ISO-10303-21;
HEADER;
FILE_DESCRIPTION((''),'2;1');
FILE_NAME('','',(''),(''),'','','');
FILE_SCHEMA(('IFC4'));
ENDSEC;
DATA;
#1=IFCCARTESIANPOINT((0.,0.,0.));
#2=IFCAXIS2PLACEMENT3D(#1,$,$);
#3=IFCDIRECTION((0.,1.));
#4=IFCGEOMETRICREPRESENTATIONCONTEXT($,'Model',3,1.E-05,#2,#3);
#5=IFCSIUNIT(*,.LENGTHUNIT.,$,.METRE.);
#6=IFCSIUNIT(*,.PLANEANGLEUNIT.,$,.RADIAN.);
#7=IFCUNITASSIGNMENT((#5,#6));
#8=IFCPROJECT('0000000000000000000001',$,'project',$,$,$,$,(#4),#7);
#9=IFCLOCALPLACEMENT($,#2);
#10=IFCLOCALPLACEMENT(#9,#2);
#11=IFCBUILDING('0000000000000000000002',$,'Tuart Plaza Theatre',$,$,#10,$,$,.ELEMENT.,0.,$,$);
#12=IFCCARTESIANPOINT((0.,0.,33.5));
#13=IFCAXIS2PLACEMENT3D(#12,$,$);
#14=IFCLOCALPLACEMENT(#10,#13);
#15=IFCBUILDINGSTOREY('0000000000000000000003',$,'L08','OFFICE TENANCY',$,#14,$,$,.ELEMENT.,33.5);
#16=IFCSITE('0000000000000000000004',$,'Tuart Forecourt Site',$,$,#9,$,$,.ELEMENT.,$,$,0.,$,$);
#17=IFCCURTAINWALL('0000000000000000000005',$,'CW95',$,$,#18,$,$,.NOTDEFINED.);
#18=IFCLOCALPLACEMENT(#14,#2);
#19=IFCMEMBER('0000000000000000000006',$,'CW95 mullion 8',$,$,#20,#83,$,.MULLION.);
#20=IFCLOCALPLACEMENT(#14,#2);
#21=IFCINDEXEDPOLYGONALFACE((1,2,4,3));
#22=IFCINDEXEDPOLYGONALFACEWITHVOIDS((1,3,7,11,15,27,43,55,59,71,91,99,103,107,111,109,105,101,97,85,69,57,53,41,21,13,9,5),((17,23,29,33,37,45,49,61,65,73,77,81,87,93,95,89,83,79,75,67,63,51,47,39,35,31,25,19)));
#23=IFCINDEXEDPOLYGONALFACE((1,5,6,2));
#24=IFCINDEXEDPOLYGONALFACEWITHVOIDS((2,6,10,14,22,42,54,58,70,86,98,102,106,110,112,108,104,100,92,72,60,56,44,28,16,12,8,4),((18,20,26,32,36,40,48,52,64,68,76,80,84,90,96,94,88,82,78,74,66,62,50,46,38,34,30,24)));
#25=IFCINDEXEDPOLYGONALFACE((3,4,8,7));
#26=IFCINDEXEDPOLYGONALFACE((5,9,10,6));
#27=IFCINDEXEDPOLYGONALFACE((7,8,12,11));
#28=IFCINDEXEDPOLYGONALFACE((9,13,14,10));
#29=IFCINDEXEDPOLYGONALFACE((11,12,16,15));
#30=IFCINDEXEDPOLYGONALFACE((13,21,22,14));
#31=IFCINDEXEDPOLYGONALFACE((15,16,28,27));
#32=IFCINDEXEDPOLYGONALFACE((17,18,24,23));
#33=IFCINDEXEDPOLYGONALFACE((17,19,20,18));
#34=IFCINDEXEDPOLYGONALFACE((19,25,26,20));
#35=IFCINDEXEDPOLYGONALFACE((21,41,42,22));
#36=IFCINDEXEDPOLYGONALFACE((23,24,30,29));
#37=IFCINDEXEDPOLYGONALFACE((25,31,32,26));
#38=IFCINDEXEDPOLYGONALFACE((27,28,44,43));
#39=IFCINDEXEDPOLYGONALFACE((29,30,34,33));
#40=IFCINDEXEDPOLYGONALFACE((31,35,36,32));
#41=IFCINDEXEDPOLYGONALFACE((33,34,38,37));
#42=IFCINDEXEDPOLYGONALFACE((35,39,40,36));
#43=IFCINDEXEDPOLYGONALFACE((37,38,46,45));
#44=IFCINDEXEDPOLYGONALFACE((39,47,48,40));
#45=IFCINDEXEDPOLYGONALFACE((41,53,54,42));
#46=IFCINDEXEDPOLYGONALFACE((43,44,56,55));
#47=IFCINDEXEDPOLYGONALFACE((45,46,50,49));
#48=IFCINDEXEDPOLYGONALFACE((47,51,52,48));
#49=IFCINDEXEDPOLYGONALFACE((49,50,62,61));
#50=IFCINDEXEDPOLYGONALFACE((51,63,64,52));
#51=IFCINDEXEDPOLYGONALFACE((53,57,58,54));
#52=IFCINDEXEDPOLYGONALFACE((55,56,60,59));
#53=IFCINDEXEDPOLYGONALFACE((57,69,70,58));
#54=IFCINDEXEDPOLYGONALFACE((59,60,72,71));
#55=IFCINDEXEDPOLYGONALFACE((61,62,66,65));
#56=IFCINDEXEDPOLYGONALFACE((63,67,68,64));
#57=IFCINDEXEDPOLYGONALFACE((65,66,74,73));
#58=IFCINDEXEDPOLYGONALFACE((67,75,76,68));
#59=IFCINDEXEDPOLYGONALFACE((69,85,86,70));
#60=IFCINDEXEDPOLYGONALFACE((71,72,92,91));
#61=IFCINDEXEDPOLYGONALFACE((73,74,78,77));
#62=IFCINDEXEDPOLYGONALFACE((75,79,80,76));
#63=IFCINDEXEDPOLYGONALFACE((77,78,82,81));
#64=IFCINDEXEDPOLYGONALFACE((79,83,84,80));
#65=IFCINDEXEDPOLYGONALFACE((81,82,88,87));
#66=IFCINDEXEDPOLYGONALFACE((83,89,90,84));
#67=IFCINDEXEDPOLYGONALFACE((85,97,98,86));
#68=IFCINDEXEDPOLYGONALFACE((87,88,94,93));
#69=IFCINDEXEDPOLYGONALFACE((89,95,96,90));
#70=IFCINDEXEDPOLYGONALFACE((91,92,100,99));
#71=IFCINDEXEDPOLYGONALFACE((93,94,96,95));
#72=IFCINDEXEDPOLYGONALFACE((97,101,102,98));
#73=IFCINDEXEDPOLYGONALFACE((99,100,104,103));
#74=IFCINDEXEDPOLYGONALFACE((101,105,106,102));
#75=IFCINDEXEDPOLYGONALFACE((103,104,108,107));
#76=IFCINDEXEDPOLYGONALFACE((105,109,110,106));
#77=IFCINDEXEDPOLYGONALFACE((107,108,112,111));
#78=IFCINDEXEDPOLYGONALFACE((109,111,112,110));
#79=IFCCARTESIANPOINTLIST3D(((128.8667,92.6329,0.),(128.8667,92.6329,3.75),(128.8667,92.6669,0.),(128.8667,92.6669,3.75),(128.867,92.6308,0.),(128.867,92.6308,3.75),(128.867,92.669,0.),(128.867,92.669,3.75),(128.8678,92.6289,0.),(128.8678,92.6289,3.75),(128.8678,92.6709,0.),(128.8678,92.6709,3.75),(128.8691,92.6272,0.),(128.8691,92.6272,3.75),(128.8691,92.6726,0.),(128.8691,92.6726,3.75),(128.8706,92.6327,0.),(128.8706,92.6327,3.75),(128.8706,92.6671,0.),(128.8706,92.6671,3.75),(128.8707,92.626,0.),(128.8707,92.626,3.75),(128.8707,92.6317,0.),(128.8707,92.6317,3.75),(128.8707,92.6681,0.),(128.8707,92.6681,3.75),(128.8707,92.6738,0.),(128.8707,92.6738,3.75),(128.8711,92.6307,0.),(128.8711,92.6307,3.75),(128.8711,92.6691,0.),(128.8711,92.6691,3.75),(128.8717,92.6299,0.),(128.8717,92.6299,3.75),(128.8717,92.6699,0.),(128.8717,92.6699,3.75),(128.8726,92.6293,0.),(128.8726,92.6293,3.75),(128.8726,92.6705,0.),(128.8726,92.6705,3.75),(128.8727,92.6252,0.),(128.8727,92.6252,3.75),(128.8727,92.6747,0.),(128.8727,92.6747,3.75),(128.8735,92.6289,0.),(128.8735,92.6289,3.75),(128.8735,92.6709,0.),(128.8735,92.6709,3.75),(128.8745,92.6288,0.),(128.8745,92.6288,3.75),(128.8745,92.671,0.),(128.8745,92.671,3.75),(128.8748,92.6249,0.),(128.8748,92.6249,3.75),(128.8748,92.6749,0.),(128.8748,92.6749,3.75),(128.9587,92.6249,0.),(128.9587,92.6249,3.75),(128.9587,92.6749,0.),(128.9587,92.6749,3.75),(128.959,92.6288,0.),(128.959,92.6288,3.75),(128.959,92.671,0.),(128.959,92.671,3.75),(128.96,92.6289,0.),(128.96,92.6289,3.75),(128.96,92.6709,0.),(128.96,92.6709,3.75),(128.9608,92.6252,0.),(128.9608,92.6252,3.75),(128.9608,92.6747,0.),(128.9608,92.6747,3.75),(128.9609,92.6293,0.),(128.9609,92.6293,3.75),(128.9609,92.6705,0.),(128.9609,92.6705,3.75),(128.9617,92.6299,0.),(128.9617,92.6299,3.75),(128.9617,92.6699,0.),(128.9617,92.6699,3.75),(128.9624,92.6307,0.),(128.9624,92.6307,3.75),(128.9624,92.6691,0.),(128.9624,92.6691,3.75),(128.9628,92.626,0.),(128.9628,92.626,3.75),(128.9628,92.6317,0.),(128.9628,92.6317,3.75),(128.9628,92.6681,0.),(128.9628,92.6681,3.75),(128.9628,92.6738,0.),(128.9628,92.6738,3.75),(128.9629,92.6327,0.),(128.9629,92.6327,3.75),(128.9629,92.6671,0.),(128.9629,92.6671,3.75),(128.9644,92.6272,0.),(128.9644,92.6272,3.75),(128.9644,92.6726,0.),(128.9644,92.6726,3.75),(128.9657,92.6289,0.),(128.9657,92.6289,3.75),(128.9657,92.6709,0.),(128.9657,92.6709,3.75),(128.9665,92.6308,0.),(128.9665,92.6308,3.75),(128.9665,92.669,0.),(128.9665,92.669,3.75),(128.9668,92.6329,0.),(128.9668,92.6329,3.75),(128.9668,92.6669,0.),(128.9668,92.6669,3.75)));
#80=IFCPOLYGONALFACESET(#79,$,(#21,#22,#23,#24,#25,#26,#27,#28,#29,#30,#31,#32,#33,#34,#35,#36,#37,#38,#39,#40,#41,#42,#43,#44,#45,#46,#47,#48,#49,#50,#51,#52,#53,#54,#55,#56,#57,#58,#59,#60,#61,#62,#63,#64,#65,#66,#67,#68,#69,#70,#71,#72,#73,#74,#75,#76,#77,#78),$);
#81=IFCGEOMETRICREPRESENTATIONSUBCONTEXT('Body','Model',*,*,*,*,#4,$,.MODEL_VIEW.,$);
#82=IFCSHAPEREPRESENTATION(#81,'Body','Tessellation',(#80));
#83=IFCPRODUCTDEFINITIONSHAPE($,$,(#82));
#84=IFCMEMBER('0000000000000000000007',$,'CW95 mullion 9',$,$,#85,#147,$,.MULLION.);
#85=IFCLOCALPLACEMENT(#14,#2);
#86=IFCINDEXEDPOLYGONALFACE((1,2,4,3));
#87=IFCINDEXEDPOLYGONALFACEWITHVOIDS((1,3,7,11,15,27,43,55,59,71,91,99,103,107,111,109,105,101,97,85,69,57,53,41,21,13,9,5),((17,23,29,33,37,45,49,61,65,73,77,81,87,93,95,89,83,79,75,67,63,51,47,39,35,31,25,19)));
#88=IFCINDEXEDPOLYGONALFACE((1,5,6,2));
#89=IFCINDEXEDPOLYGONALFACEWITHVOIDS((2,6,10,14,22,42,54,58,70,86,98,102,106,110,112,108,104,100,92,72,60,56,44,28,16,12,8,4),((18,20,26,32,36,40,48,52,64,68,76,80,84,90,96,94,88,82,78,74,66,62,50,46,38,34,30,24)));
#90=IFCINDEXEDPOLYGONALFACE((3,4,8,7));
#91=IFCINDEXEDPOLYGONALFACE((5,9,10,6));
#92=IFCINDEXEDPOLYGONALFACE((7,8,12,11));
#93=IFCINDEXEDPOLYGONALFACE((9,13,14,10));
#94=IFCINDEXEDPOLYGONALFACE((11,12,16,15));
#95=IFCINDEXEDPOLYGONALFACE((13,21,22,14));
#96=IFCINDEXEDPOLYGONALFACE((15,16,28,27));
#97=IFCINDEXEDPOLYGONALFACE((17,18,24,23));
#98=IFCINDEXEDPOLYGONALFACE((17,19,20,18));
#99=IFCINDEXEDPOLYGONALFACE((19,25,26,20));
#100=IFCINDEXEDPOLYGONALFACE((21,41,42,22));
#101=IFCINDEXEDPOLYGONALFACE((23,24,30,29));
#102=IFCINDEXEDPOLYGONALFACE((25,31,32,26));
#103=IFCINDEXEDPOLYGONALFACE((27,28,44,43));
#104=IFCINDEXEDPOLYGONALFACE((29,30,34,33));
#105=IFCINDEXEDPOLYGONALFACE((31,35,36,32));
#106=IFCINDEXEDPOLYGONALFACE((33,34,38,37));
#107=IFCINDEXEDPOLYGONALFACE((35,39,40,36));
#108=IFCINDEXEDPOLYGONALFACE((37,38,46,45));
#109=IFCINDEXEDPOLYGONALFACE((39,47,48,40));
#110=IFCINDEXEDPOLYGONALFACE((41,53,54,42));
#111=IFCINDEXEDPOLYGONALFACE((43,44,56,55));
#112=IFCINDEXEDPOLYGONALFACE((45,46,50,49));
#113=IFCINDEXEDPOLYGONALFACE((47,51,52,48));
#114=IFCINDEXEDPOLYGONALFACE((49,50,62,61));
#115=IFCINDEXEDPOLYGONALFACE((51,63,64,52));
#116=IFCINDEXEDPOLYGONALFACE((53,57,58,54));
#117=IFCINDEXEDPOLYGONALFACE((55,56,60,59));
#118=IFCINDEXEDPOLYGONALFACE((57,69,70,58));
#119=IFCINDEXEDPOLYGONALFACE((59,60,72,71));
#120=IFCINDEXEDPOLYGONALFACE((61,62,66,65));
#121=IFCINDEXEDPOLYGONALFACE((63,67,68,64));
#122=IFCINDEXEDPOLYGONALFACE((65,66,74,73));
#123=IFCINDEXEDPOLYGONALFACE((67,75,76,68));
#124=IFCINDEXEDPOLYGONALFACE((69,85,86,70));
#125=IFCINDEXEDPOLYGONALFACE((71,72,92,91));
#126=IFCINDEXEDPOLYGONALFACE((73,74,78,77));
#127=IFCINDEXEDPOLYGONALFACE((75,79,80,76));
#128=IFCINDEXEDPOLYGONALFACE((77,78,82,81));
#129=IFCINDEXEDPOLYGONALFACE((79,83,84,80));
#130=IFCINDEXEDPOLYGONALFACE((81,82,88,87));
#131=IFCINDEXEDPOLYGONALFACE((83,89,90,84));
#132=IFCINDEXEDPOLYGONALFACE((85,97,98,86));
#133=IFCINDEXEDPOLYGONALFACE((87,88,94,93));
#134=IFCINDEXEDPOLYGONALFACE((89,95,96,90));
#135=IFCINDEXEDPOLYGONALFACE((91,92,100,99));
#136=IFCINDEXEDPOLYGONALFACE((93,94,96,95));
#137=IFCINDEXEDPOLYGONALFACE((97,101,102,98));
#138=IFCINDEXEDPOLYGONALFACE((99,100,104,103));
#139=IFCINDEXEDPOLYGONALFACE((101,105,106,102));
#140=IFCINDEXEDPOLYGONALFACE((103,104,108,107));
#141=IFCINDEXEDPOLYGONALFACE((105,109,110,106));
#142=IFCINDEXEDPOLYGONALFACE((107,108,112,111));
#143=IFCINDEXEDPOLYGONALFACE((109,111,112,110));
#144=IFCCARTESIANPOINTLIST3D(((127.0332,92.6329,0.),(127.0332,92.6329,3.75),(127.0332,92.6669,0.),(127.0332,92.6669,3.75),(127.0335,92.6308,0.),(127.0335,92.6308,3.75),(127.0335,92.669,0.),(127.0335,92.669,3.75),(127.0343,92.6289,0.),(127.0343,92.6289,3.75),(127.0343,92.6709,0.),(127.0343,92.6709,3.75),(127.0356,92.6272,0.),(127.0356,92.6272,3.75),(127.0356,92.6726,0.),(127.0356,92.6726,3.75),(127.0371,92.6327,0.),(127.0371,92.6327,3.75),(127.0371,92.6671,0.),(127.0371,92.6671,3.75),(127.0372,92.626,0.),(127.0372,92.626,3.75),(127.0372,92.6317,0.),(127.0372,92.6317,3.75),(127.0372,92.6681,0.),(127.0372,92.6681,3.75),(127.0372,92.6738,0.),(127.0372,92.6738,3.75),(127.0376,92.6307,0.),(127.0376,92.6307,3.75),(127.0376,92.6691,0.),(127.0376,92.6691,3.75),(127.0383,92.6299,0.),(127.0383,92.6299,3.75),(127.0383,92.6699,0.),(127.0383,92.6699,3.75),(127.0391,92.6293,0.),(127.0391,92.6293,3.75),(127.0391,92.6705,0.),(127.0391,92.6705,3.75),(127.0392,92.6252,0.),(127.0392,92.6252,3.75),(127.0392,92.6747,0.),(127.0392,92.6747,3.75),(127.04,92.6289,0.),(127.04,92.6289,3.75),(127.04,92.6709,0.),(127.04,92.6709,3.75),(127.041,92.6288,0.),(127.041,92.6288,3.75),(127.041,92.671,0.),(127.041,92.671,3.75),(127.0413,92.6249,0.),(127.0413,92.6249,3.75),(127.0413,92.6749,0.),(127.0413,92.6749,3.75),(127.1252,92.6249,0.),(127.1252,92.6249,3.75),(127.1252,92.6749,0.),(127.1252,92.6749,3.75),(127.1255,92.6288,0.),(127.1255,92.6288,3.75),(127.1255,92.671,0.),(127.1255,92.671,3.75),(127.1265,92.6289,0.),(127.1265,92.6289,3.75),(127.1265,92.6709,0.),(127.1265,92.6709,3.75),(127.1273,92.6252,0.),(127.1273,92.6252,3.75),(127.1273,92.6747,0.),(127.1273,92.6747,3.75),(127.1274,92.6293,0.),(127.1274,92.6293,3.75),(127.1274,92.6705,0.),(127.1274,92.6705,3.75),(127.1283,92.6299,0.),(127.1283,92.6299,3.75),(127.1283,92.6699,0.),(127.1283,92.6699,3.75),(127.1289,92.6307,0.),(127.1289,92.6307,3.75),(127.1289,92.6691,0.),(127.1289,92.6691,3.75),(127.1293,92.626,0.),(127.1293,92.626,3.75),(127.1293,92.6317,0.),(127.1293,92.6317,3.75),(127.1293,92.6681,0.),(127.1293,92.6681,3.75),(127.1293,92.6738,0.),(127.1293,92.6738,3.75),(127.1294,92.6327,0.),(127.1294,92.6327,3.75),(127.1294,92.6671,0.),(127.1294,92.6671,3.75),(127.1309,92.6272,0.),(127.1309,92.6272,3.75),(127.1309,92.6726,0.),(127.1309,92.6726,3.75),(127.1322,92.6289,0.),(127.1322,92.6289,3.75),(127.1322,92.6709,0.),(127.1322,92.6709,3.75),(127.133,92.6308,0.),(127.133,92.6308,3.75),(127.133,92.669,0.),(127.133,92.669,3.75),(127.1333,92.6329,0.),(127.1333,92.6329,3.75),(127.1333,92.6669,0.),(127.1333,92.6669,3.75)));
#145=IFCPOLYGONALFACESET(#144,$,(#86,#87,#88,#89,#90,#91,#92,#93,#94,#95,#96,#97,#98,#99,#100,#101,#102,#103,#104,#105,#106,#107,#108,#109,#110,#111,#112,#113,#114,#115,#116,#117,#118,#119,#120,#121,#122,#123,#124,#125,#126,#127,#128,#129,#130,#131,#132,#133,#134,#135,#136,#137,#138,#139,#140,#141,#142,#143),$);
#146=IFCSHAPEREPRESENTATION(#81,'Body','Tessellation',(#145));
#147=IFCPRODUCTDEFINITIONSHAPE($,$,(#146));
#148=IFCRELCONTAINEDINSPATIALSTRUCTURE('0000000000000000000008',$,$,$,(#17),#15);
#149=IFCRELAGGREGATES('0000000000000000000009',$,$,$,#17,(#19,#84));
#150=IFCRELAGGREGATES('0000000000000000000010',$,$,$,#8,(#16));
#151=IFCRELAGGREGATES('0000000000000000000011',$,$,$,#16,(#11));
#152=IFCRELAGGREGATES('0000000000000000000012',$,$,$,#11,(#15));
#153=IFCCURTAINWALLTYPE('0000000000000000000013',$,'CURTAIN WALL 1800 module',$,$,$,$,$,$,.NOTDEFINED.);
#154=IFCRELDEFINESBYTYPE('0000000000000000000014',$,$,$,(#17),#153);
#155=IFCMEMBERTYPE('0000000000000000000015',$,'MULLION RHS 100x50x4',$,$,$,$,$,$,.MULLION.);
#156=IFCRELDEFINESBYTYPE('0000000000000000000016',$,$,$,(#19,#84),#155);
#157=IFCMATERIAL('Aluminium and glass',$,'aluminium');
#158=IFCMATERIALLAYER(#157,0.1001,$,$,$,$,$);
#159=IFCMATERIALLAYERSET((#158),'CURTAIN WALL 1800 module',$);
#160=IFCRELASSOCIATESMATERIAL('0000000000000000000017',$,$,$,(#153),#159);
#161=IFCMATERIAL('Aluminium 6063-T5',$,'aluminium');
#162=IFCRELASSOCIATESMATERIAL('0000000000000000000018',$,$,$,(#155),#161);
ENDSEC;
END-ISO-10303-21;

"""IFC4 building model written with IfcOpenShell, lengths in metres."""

from ifc_helpers import new_model, si_unit, direction, frame, origin, origin_2d, place, context, subcontext, project, spatial, hollow_rectangle, extrude, material, layer, layer_set, material_profile, profile_set, type_object, element, aggregate, save


model = new_model("IFC4")

# Units and contexts
model_context = context("Model", 3, precision=1e-05, world=origin(), true_north=direction((0.0, 1.0)))
body_context = subcontext(model_context, "Body", "Model", "MODEL_VIEW")
ifc_project = project(units=[si_unit("LENGTHUNIT", "METRE"), si_unit("PLANEANGLEUNIT", "RADIAN")], contexts=[model_context])

# Site, building, storey
site_placement = place(None, origin())
site = spatial("IfcSite", under=ifc_project, at=site_placement, Name="Tuart Forecourt Site", CompositionType="ELEMENT", RefElevation=0.0)
building_placement = place(site_placement, origin())
building = spatial("IfcBuilding", under=site, at=building_placement, Name="Tuart Plaza Theatre", CompositionType="ELEMENT", ElevationOfRefHeight=0.0)
storey_placement = place(building_placement, frame((0.0, 0.0, 33.5)))
storey = spatial("IfcBuildingStorey", under=building, at=storey_placement, Name="L08", Description="OFFICE TENANCY", CompositionType="ELEMENT", Elevation=33.5)

# Curtain wall, members
ifc_material_1 = material(Name="Aluminium and glass", Category="aluminium")
ifc_layer_1 = layer(ifc_material_1, 0.1001)
ifc_layer_set_1 = layer_set([ifc_layer_1], Name="CURTAIN WALL 1800 module")
curtain_wall_type = type_object("IfcCurtainWallType", Name="CURTAIN WALL 1800 module", PredefinedType="NOTDEFINED", material=ifc_layer_set_1)
curtain_wall_placement = place(storey_placement, origin())
curtain_wall = element("IfcCurtainWall", 1, at=curtain_wall_placement, inside=storey, type_object=curtain_wall_type, Name="CW95", PredefinedType="NOTDEFINED")
ifc_material_2 = material(Name="Aluminium 6063-T5", Category="aluminium")
ifc_material_profile_1 = material_profile(ifc_material_2, hollow_rectangle(XDim=0.05, YDim=0.1001, WallThickness=0.0039, InnerFilletRadius=0.0039, OuterFilletRadius=0.0081, at=origin_2d()), Name="RHS 100x50x4")
ifc_profile_set_1 = profile_set([ifc_material_profile_1], Name="Aluminium 6063-T5")
member_type_1 = type_object("IfcMemberType", Name="MULLION RHS 100x50x4", PredefinedType="MULLION", material=ifc_profile_set_1)
member_1_placement = place(storey_placement, frame((128.9167, 92.6499, 0.0), z_axis=(0.0, 0.0, 1.0), x_axis=(0.0, -1.0, 0.0)))
member_1 = element("IfcMember", 2, at=member_1_placement, type_object=member_type_1, Name="CW95 mullion 8", PredefinedType="MULLION", context=body_context, shape_type="SweptSolid", body=[
    extrude(hollow_rectangle(XDim=0.05, YDim=0.1001, WallThickness=0.0039, InnerFilletRadius=0.0039, OuterFilletRadius=0.0081, at=origin_2d()), origin(), (0.0, 0.0, 1.0), 3.75),
])
member_2_placement = place(storey_placement, frame((127.0833, 92.6499, 0.0), z_axis=(0.0, 0.0, 1.0), x_axis=(0.0, -1.0, 0.0)))
member_2 = element("IfcMember", 3, at=member_2_placement, type_object=member_type_1, Name="CW95 mullion 9", PredefinedType="MULLION", context=body_context, shape_type="SweptSolid", body=[
    extrude(hollow_rectangle(XDim=0.05, YDim=0.1001, WallThickness=0.0039, InnerFilletRadius=0.0039, OuterFilletRadius=0.0081, at=origin_2d()), origin(), (0.0, 0.0, 1.0), 3.75),
])
aggregate(curtain_wall, [member_1, member_2])

save(model, "model.ifc")
